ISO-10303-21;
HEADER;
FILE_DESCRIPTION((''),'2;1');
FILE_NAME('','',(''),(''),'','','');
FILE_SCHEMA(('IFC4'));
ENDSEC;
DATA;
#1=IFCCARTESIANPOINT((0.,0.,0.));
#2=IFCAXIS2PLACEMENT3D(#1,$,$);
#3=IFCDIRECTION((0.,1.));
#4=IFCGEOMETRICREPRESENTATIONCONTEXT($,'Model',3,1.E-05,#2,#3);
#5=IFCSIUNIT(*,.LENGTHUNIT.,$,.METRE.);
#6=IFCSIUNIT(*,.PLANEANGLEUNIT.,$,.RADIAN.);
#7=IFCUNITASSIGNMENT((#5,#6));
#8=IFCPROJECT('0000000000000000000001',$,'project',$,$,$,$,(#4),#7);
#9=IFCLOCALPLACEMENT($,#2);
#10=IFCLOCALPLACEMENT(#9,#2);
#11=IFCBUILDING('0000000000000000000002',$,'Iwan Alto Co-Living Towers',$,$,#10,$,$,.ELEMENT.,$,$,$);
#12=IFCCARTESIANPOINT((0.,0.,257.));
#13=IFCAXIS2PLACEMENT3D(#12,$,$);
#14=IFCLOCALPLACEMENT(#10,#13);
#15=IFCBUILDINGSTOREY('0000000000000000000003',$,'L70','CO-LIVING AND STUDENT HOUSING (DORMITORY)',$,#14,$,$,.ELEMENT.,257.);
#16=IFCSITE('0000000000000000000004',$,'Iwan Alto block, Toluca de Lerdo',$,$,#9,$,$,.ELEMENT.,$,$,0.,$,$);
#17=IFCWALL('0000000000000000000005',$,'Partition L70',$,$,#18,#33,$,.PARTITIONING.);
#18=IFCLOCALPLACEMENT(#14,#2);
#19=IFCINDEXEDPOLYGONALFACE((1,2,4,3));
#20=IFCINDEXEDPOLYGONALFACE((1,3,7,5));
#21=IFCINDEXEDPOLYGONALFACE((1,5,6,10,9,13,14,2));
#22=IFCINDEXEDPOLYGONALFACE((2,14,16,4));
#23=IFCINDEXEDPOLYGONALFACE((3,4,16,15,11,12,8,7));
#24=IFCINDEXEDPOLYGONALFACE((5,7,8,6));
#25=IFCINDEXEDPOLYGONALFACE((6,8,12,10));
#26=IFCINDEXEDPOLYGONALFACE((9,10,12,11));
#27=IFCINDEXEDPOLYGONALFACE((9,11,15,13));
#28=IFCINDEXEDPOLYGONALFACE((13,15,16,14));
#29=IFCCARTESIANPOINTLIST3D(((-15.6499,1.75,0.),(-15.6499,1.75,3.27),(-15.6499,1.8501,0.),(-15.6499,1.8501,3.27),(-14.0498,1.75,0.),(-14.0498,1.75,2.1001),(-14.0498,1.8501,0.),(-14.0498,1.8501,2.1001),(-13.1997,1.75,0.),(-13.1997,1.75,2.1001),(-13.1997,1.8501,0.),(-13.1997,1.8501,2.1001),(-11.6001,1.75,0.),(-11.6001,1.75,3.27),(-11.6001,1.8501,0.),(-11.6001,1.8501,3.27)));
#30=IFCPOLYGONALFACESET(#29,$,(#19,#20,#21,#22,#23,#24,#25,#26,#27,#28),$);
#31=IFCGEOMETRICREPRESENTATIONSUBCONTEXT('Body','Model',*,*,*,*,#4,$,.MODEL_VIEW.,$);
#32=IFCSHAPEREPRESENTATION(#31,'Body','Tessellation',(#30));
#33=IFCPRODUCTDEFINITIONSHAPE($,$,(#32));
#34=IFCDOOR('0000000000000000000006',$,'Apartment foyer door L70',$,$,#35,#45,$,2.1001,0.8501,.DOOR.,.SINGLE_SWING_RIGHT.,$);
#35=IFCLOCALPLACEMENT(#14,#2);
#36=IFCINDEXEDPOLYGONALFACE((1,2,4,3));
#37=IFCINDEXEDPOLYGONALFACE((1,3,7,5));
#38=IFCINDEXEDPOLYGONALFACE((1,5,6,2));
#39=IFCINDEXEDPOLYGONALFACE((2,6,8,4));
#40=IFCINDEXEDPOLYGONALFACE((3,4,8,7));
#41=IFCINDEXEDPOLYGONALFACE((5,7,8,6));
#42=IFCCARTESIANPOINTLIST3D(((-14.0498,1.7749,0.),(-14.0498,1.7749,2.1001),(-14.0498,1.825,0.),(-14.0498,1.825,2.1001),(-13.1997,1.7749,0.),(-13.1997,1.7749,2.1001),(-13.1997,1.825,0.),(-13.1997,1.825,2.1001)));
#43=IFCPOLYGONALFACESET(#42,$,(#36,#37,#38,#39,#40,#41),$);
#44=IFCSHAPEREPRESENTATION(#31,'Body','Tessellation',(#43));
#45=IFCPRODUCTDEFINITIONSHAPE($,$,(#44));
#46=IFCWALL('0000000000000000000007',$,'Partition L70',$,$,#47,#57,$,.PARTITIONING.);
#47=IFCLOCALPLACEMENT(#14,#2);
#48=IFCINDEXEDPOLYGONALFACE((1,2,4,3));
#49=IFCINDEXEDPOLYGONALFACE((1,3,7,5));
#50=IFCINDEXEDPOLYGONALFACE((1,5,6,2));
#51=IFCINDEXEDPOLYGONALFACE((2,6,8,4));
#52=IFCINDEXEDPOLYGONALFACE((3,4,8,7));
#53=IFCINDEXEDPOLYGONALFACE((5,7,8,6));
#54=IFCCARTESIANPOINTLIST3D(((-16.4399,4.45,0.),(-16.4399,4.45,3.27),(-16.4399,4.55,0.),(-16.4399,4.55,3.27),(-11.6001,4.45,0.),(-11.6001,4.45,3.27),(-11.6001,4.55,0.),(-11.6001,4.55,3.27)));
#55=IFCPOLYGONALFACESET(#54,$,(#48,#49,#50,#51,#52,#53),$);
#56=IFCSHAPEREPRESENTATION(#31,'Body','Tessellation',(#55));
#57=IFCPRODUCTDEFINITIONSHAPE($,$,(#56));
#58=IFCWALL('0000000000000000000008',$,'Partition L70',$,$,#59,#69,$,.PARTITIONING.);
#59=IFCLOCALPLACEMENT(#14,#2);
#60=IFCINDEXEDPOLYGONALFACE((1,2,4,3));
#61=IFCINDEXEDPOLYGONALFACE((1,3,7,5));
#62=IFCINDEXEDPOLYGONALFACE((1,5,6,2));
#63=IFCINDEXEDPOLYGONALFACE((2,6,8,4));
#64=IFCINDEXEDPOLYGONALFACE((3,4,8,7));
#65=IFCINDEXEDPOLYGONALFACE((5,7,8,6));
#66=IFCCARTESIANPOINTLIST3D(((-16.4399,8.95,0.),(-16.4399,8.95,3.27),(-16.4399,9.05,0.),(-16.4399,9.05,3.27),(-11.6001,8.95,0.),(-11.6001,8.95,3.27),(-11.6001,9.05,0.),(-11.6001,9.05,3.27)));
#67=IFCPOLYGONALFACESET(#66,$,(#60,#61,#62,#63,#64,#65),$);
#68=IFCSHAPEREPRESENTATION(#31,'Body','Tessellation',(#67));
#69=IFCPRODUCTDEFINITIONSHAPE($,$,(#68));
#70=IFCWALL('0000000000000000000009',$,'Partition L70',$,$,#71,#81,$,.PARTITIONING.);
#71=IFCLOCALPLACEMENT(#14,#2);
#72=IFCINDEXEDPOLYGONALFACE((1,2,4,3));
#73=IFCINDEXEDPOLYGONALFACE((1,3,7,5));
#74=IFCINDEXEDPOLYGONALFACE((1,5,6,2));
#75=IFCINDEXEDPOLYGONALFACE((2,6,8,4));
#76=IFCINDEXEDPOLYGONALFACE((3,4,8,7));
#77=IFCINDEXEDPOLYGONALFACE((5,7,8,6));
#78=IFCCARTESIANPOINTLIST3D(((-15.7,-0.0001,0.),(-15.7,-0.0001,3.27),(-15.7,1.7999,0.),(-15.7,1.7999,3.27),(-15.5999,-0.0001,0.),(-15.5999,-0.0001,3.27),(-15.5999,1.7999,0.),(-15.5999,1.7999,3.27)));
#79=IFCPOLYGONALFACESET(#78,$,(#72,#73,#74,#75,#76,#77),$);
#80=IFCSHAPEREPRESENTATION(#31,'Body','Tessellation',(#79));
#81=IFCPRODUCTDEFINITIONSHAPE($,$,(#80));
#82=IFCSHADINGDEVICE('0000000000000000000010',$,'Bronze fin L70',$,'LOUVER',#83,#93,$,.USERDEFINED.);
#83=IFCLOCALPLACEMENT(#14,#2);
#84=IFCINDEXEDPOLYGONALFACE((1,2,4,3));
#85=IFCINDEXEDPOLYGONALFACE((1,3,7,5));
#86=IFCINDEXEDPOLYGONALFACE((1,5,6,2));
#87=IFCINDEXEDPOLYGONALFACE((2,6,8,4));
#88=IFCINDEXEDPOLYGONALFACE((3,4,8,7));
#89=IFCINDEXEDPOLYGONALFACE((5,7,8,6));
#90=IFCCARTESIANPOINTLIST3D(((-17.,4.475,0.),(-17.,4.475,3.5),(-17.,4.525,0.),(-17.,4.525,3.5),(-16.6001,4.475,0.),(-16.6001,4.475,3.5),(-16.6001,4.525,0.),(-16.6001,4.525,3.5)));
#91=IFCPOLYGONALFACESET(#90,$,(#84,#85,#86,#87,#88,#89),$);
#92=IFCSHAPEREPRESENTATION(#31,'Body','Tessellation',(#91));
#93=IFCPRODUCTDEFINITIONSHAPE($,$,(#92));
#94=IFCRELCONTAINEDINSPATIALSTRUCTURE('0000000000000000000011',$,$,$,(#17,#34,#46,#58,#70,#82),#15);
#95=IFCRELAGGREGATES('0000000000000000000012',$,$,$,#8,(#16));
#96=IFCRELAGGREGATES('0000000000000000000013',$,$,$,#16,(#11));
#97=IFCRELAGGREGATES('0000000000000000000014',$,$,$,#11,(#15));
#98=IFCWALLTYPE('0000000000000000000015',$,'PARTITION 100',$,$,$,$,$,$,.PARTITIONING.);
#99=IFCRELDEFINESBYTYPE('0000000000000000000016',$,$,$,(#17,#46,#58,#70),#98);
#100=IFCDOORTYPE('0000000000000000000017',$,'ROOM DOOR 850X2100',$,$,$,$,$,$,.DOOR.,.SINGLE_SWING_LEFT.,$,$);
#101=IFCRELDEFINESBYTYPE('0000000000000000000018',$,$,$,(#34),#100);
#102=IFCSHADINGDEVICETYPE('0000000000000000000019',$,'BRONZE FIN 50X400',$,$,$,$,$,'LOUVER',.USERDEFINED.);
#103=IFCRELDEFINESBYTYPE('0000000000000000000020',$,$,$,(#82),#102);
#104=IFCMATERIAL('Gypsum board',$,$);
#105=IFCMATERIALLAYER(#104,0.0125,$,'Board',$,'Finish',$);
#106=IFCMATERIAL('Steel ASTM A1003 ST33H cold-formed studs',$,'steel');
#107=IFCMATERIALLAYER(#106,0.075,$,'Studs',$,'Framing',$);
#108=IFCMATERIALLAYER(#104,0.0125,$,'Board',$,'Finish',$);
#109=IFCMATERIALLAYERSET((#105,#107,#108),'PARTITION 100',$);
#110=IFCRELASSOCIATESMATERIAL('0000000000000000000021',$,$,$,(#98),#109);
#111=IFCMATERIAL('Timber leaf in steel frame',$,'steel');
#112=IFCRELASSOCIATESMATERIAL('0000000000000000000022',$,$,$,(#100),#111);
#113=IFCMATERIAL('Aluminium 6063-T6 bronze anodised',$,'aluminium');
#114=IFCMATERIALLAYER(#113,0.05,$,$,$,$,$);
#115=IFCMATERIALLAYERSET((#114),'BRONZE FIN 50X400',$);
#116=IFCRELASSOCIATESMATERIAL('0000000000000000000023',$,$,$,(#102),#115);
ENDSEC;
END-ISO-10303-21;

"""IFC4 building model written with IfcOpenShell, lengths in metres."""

from ifc_helpers import new_model, si_unit, direction, frame, frame_2d, origin, origin_2d, place, context, subcontext, project, spatial, rectangle, extrude, material, layer, layer_set, type_object, element, fill, save


model = new_model("IFC4")

# Units and contexts
model_context = context("Model", 3, precision=1e-05, world=origin(), true_north=direction((0.0, 1.0)))
body_context = subcontext(model_context, "Body", "Model", "MODEL_VIEW")
ifc_project = project(units=[si_unit("LENGTHUNIT", "METRE"), si_unit("PLANEANGLEUNIT", "RADIAN")], contexts=[model_context])

# Site, building, storey
site_placement = place(None, origin())
site = spatial("IfcSite", under=ifc_project, at=site_placement, Name="Iwan Alto block, Toluca de Lerdo", CompositionType="ELEMENT", RefElevation=0.0)
building_placement = place(site_placement, origin())
building = spatial("IfcBuilding", under=site, at=building_placement, Name="Iwan Alto Co-Living Towers", CompositionType="ELEMENT")
storey_placement = place(building_placement, frame((0.0, 0.0, 257.0)))
storey = spatial("IfcBuildingStorey", under=building, at=storey_placement, Name="L70", Description="CO-LIVING AND STUDENT HOUSING (DORMITORY)", CompositionType="ELEMENT", Elevation=257.0)

# Wall, opening, door
ifc_material_1 = material(Name="Gypsum board")
ifc_layer_1 = layer(ifc_material_1, 0.0125, Name="Board", Category="Finish")
ifc_material_2 = material(Name="Steel ASTM A1003 ST33H cold-formed studs", Category="steel")
ifc_layer_2 = layer(ifc_material_2, 0.075, Name="Studs", Category="Framing")
ifc_layer_3 = layer(ifc_material_1, 0.0125, Name="Board", Category="Finish")
ifc_layer_set_1 = layer_set([ifc_layer_1, ifc_layer_2, ifc_layer_3], Name="PARTITION 100")
wall_type = type_object("IfcWallType", Name="PARTITION 100", PredefinedType="PARTITIONING", material=ifc_layer_set_1)
wall_1_placement = place(storey_placement, frame((-15.6499, 1.8, 0.0), z_axis=(0.0, 0.0, 1.0), x_axis=(1.0, 0.0, 0.0)))
wall_1 = element("IfcWall", 1, at=wall_1_placement, inside=storey, type_object=wall_type, Name="Partition L70", PredefinedType="PARTITIONING", context=body_context, shape_type="SweptSolid", body=[
    extrude(rectangle(XDim=4.0498, YDim=0.1001, at=frame_2d((2.0249, 0.0))), origin(), (0.0, 0.0, 1.0), 3.27),
])
opening_placement = place(wall_1_placement, frame((1.6001, 0.0, 0.0)))
opening = element("IfcOpeningElement", 2, at=opening_placement, cuts=wall_1, PredefinedType="OPENING", context=body_context, shape_type="SweptSolid", body=[
    extrude(rectangle(XDim=0.8501, YDim=2.1001, at=frame_2d((0.425, 1.05))), frame((0.0, 0.0601, 0.0), z_axis=(0.0, -1.0, 0.0), x_axis=(1.0, 0.0, 0.0)), (0.0, 0.0, 1.0), 0.1201),
])
ifc_material_3 = material(Name="Timber leaf in steel frame", Category="steel")
door_type = type_object("IfcDoorType", Name="ROOM DOOR 850X2100", OperationType="SINGLE_SWING_LEFT", PredefinedType="DOOR", material=ifc_material_3)
door_placement = place(opening_placement, origin())
door = element("IfcDoor", 3, at=door_placement, inside=storey, type_object=door_type, Name="Apartment foyer door L70", OperationType="SINGLE_SWING_RIGHT", OverallHeight=2.1001, OverallWidth=0.8501, PredefinedType="DOOR", context=body_context, shape_type="SweptSolid", body=[
    extrude(rectangle(XDim=0.8501, YDim=2.1001, at=frame_2d((0.425, 1.05))), frame((0.0, 0.0249, 0.0), z_axis=(0.0, -1.0, 0.0), x_axis=(1.0, 0.0, 0.0)), (0.0, 0.0, 1.0), 0.05),
])
fill(opening, door)

# Walls
for number, where, z_axis, x_axis, name in (
    (4, (-16.4399, 4.5, 0.0), (0.0, 0.0, 1.0), (1.0, 0.0, 0.0), "Partition L70"),
    (5, (-16.4399, 9.0, 0.0), (0.0, 0.0, 1.0), (1.0, 0.0, 0.0), "Partition L70"),
):
    element("IfcWall", number, at=place(storey_placement, frame(where, z_axis=z_axis, x_axis=x_axis)), inside=storey, type_object=wall_type, Name=name, PredefinedType="PARTITIONING", context=body_context, shape_type="SweptSolid", body=[
        extrude(rectangle(XDim=4.8398, YDim=0.1001, at=frame_2d((2.4199, 0.0))), origin(), (0.0, 0.0, 1.0), 3.27),
    ])
wall_2_placement = place(storey_placement, frame((-15.6499, 0.0, 0.0), z_axis=(0.0, 0.0, 1.0), x_axis=(0.0, 1.0, 0.0)))
element("IfcWall", 6, at=wall_2_placement, inside=storey, type_object=wall_type, Name="Partition L70", PredefinedType="PARTITIONING", context=body_context, shape_type="SweptSolid", body=[
    extrude(rectangle(XDim=1.8, YDim=0.1001, at=frame_2d((0.8999, 0.0))), origin(), (0.0, 0.0, 1.0), 3.27),
])

# Shading device
ifc_material_4 = material(Name="Aluminium 6063-T6 bronze anodised", Category="aluminium")
ifc_layer_4 = layer(ifc_material_4, 0.05)
ifc_layer_set_2 = layer_set([ifc_layer_4], Name="BRONZE FIN 50X400")
shading_device_type = type_object("IfcShadingDeviceType", Name="BRONZE FIN 50X400", ElementType="LOUVER", PredefinedType="USERDEFINED", material=ifc_layer_set_2)
shading_device_placement = place(storey_placement, frame((-16.8, 4.5, 0.0), z_axis=(0.0, 0.0, 1.0), x_axis=(0.0, -1.0, 0.0)))
element("IfcShadingDevice", 7, at=shading_device_placement, inside=storey, type_object=shading_device_type, Name="Bronze fin L70", ObjectType="LOUVER", PredefinedType="USERDEFINED", context=body_context, shape_type="SweptSolid", body=[
    extrude(rectangle(XDim=0.05, YDim=0.3999, at=origin_2d()), origin(), (0.0, 0.0, 1.0), 3.5),
])

save(model, "model.ifc")
